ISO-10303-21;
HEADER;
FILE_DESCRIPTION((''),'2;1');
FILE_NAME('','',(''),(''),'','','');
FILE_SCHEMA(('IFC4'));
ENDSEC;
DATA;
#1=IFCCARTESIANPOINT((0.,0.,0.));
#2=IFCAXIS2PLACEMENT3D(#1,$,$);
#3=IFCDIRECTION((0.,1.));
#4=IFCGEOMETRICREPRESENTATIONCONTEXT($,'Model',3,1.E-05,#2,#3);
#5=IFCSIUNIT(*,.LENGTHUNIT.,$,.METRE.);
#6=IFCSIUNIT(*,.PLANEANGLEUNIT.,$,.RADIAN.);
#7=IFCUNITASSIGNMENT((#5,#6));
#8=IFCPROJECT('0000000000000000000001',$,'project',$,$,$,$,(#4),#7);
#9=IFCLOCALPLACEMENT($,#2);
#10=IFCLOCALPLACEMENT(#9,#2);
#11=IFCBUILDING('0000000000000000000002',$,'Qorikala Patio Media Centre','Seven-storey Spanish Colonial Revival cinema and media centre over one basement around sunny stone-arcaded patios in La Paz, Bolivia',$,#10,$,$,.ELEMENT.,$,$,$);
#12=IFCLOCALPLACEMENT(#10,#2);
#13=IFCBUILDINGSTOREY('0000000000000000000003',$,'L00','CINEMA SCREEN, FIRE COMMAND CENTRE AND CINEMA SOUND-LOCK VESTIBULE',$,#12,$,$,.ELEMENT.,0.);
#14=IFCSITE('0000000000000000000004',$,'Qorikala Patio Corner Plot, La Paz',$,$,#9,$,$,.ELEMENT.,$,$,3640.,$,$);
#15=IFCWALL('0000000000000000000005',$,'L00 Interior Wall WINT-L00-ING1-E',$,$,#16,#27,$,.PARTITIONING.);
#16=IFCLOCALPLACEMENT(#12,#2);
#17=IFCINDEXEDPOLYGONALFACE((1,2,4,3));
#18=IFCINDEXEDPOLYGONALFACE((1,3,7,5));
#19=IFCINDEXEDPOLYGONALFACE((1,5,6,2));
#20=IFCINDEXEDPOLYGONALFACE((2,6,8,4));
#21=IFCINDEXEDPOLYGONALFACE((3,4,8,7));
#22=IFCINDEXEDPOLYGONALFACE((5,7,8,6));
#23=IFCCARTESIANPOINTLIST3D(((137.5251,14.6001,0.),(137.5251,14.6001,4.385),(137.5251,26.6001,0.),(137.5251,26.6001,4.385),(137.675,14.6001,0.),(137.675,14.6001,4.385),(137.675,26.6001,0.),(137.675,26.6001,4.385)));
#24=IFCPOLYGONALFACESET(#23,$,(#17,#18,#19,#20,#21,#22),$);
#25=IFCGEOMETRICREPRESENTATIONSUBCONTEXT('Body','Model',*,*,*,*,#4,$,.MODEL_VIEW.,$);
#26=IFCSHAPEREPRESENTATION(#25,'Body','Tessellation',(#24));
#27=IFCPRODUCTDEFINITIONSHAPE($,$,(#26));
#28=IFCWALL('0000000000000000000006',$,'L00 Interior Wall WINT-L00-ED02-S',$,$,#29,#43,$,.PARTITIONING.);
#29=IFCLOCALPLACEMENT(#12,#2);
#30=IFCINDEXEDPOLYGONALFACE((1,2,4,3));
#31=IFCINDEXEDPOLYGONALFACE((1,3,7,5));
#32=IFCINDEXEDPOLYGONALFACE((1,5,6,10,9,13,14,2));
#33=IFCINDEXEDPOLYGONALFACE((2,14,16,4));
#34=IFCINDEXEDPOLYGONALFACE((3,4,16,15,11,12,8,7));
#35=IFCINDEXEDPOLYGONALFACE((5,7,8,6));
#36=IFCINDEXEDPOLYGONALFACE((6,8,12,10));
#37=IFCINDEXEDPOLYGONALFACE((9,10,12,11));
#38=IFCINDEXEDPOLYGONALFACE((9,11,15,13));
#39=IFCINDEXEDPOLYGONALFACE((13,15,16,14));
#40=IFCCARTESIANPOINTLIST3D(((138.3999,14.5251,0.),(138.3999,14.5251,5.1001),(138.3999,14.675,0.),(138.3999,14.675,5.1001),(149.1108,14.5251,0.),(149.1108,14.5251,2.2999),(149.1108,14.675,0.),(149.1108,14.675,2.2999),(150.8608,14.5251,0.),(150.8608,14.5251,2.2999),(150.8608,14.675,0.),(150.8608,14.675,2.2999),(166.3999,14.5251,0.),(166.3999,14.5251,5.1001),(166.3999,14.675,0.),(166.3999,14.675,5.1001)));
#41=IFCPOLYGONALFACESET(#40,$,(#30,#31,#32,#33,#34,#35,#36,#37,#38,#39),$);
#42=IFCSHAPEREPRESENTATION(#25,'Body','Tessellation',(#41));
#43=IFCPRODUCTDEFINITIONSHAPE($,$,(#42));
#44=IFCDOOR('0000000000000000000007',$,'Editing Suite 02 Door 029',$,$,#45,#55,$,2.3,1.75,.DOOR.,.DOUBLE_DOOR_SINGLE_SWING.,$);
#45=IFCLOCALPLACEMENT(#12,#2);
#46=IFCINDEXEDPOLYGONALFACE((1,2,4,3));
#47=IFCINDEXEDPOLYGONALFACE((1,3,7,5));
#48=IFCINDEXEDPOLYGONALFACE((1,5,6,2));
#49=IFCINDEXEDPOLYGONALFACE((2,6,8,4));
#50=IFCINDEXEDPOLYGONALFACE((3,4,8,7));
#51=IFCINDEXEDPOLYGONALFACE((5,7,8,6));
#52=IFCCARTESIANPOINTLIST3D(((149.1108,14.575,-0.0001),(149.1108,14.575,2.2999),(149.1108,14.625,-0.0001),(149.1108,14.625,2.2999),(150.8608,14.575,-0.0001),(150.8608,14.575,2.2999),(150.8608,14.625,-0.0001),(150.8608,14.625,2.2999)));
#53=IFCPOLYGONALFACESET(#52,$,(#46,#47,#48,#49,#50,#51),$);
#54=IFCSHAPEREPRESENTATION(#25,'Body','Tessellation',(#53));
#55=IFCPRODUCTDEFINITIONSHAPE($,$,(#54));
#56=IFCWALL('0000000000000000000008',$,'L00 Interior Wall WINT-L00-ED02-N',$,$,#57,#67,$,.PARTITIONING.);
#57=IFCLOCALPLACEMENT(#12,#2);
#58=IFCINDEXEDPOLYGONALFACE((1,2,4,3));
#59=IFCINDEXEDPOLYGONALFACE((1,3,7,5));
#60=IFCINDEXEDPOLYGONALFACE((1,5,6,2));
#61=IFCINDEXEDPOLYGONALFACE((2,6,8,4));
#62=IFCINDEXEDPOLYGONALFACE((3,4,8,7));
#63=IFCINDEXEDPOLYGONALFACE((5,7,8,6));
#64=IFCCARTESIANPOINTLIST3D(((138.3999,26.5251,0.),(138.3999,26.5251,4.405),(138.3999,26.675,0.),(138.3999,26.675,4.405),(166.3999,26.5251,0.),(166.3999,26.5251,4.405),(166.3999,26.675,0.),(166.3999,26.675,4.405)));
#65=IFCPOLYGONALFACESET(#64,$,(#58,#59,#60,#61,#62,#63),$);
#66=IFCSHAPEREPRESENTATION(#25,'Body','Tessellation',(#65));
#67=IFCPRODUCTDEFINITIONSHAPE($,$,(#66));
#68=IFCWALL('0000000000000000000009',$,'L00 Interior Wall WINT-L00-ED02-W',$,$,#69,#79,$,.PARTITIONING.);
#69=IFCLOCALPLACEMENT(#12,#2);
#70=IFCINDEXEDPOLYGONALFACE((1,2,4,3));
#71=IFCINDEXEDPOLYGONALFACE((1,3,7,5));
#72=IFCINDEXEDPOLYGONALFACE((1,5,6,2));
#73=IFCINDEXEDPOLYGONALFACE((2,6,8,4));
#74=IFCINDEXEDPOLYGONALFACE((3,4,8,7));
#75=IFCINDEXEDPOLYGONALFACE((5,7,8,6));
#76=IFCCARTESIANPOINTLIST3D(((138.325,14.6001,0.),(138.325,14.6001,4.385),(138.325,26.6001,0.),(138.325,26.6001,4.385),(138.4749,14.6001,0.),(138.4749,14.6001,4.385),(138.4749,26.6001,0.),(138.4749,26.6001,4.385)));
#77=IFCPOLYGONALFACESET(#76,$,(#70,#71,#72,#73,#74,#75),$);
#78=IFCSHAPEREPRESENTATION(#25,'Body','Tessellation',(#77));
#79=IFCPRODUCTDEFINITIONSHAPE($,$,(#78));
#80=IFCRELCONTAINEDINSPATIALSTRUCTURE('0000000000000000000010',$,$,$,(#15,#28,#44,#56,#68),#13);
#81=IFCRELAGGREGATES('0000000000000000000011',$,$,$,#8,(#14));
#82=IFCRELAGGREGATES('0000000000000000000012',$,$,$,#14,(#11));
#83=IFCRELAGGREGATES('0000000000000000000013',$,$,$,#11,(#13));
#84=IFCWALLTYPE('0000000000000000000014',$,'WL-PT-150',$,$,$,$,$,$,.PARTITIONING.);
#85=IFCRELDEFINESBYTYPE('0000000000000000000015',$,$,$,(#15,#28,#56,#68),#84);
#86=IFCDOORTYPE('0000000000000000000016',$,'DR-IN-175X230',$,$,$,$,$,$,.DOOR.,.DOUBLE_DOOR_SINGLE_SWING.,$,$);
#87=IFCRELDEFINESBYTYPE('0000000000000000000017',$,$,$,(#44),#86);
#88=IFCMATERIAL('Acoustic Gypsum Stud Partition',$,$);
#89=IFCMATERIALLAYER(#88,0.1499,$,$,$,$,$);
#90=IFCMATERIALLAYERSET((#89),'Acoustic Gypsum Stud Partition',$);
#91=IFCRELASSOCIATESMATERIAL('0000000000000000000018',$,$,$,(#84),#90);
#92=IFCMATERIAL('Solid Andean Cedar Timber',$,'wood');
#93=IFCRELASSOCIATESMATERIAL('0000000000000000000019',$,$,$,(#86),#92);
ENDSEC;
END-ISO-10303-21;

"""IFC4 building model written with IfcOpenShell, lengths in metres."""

from ifc_helpers import new_model, si_unit, direction, frame, frame_2d, origin, place, context, subcontext, project, spatial, rectangle, extrude, material, layer, layer_set, type_object, element, fill, save


model = new_model("IFC4")

# Units and contexts
model_context = context("Model", 3, precision=1e-05, world=origin(), true_north=direction((0.0, 1.0)))
body_context = subcontext(model_context, "Body", "Model", "MODEL_VIEW")
ifc_project = project(units=[si_unit("LENGTHUNIT", "METRE"), si_unit("PLANEANGLEUNIT", "RADIAN")], contexts=[model_context])

# Site, building, storey
site_placement = place(None, origin())
site = spatial("IfcSite", under=ifc_project, at=site_placement, Name="Qorikala Patio Corner Plot, La Paz", CompositionType="ELEMENT", RefElevation=3640.0)
building_placement = place(site_placement, origin())
building = spatial("IfcBuilding", under=site, at=building_placement, Name="Qorikala Patio Media Centre", Description="Seven-storey Spanish Colonial Revival cinema and media centre over one basement around sunny stone-arcaded patios in La Paz, Bolivia", CompositionType="ELEMENT")
storey_placement = place(building_placement, origin())
storey = spatial("IfcBuildingStorey", under=building, at=storey_placement, Name="L00", Description="CINEMA SCREEN, FIRE COMMAND CENTRE AND CINEMA SOUND-LOCK VESTIBULE", CompositionType="ELEMENT", Elevation=0.0)

# Wall
ifc_material_1 = material(Name="Acoustic Gypsum Stud Partition")
ifc_layer = layer(ifc_material_1, 0.1499)
ifc_layer_set = layer_set([ifc_layer], Name="Acoustic Gypsum Stud Partition")
wall_type = type_object("IfcWallType", Name="WL-PT-150", PredefinedType="PARTITIONING", material=ifc_layer_set)
wall_1_placement = place(storey_placement, frame((137.6001, 14.6001, 0.0), z_axis=(0.0, 0.0, 1.0), x_axis=(0.0, 1.0, 0.0)))
element("IfcWall", 1, at=wall_1_placement, inside=storey, type_object=wall_type, Name="L00 Interior Wall WINT-L00-ING1-E", PredefinedType="PARTITIONING", context=body_context, shape_type="SweptSolid", body=[
    extrude(rectangle(XDim=12.0, YDim=0.1499, at=frame_2d((6.0, 0.0))), origin(), (0.0, 0.0, 1.0), 4.385),
])

# Wall, opening, door
wall_2_placement = place(storey_placement, frame((138.3999, 14.6001, 0.0), z_axis=(0.0, 0.0, 1.0), x_axis=(1.0, 0.0, 0.0)))
wall_2 = element("IfcWall", 2, at=wall_2_placement, inside=storey, type_object=wall_type, Name="L00 Interior Wall WINT-L00-ED02-S", PredefinedType="PARTITIONING", context=body_context, shape_type="SweptSolid", body=[
    extrude(rectangle(XDim=28.0, YDim=0.1499, at=frame_2d((14.0, 0.0))), origin(), (0.0, 0.0, 1.0), 5.1001),
])
opening_placement = place(wall_2_placement, frame((10.7109, 0.0, 0.0)))
opening = element("IfcOpeningElement", 3, at=opening_placement, cuts=wall_2, PredefinedType="OPENING", context=body_context, shape_type="SweptSolid", body=[
    extrude(rectangle(XDim=1.75, YDim=2.3, at=frame_2d((0.875, 1.1499))), frame((0.0, 0.085, 0.0), z_axis=(0.0, -1.0, 0.0), x_axis=(1.0, 0.0, 0.0)), (0.0, 0.0, 1.0), 0.1699),
])
ifc_material_2 = material(Name="Solid Andean Cedar Timber", Category="wood")
door_type = type_object("IfcDoorType", Name="DR-IN-175X230", OperationType="DOUBLE_DOOR_SINGLE_SWING", PredefinedType="DOOR", material=ifc_material_2)
door_placement = place(opening_placement, origin())
door = element("IfcDoor", 4, at=door_placement, inside=storey, type_object=door_type, Name="Editing Suite 02 Door 029", OperationType="DOUBLE_DOOR_SINGLE_SWING", OverallHeight=2.3, OverallWidth=1.75, PredefinedType="DOOR", context=body_context, shape_type="SweptSolid", body=[
    extrude(rectangle(XDim=1.75, YDim=2.3, at=frame_2d((0.875, 1.1499))), frame((0.0, 0.0249, 0.0), z_axis=(0.0, -1.0, 0.0), x_axis=(1.0, 0.0, 0.0)), (0.0, 0.0, 1.0), 0.05),
])
fill(opening, door)

# Walls
wall_3_placement = place(storey_placement, frame((138.3999, 26.6001, 0.0), z_axis=(0.0, 0.0, 1.0), x_axis=(1.0, 0.0, 0.0)))
element("IfcWall", 5, at=wall_3_placement, inside=storey, type_object=wall_type, Name="L00 Interior Wall WINT-L00-ED02-N", PredefinedType="PARTITIONING", context=body_context, shape_type="SweptSolid", body=[
    extrude(rectangle(XDim=28.0, YDim=0.1499, at=frame_2d((14.0, 0.0))), origin(), (0.0, 0.0, 1.0), 4.405),
])
wall_4_placement = place(storey_placement, frame((138.3999, 14.6001, 0.0), z_axis=(0.0, 0.0, 1.0), x_axis=(0.0, 1.0, 0.0)))
element("IfcWall", 6, at=wall_4_placement, inside=storey, type_object=wall_type, Name="L00 Interior Wall WINT-L00-ED02-W", PredefinedType="PARTITIONING", context=body_context, shape_type="SweptSolid", body=[
    extrude(rectangle(XDim=12.0, YDim=0.1499, at=frame_2d((6.0, 0.0))), origin(), (0.0, 0.0, 1.0), 4.385),
])

save(model, "model.ifc")
